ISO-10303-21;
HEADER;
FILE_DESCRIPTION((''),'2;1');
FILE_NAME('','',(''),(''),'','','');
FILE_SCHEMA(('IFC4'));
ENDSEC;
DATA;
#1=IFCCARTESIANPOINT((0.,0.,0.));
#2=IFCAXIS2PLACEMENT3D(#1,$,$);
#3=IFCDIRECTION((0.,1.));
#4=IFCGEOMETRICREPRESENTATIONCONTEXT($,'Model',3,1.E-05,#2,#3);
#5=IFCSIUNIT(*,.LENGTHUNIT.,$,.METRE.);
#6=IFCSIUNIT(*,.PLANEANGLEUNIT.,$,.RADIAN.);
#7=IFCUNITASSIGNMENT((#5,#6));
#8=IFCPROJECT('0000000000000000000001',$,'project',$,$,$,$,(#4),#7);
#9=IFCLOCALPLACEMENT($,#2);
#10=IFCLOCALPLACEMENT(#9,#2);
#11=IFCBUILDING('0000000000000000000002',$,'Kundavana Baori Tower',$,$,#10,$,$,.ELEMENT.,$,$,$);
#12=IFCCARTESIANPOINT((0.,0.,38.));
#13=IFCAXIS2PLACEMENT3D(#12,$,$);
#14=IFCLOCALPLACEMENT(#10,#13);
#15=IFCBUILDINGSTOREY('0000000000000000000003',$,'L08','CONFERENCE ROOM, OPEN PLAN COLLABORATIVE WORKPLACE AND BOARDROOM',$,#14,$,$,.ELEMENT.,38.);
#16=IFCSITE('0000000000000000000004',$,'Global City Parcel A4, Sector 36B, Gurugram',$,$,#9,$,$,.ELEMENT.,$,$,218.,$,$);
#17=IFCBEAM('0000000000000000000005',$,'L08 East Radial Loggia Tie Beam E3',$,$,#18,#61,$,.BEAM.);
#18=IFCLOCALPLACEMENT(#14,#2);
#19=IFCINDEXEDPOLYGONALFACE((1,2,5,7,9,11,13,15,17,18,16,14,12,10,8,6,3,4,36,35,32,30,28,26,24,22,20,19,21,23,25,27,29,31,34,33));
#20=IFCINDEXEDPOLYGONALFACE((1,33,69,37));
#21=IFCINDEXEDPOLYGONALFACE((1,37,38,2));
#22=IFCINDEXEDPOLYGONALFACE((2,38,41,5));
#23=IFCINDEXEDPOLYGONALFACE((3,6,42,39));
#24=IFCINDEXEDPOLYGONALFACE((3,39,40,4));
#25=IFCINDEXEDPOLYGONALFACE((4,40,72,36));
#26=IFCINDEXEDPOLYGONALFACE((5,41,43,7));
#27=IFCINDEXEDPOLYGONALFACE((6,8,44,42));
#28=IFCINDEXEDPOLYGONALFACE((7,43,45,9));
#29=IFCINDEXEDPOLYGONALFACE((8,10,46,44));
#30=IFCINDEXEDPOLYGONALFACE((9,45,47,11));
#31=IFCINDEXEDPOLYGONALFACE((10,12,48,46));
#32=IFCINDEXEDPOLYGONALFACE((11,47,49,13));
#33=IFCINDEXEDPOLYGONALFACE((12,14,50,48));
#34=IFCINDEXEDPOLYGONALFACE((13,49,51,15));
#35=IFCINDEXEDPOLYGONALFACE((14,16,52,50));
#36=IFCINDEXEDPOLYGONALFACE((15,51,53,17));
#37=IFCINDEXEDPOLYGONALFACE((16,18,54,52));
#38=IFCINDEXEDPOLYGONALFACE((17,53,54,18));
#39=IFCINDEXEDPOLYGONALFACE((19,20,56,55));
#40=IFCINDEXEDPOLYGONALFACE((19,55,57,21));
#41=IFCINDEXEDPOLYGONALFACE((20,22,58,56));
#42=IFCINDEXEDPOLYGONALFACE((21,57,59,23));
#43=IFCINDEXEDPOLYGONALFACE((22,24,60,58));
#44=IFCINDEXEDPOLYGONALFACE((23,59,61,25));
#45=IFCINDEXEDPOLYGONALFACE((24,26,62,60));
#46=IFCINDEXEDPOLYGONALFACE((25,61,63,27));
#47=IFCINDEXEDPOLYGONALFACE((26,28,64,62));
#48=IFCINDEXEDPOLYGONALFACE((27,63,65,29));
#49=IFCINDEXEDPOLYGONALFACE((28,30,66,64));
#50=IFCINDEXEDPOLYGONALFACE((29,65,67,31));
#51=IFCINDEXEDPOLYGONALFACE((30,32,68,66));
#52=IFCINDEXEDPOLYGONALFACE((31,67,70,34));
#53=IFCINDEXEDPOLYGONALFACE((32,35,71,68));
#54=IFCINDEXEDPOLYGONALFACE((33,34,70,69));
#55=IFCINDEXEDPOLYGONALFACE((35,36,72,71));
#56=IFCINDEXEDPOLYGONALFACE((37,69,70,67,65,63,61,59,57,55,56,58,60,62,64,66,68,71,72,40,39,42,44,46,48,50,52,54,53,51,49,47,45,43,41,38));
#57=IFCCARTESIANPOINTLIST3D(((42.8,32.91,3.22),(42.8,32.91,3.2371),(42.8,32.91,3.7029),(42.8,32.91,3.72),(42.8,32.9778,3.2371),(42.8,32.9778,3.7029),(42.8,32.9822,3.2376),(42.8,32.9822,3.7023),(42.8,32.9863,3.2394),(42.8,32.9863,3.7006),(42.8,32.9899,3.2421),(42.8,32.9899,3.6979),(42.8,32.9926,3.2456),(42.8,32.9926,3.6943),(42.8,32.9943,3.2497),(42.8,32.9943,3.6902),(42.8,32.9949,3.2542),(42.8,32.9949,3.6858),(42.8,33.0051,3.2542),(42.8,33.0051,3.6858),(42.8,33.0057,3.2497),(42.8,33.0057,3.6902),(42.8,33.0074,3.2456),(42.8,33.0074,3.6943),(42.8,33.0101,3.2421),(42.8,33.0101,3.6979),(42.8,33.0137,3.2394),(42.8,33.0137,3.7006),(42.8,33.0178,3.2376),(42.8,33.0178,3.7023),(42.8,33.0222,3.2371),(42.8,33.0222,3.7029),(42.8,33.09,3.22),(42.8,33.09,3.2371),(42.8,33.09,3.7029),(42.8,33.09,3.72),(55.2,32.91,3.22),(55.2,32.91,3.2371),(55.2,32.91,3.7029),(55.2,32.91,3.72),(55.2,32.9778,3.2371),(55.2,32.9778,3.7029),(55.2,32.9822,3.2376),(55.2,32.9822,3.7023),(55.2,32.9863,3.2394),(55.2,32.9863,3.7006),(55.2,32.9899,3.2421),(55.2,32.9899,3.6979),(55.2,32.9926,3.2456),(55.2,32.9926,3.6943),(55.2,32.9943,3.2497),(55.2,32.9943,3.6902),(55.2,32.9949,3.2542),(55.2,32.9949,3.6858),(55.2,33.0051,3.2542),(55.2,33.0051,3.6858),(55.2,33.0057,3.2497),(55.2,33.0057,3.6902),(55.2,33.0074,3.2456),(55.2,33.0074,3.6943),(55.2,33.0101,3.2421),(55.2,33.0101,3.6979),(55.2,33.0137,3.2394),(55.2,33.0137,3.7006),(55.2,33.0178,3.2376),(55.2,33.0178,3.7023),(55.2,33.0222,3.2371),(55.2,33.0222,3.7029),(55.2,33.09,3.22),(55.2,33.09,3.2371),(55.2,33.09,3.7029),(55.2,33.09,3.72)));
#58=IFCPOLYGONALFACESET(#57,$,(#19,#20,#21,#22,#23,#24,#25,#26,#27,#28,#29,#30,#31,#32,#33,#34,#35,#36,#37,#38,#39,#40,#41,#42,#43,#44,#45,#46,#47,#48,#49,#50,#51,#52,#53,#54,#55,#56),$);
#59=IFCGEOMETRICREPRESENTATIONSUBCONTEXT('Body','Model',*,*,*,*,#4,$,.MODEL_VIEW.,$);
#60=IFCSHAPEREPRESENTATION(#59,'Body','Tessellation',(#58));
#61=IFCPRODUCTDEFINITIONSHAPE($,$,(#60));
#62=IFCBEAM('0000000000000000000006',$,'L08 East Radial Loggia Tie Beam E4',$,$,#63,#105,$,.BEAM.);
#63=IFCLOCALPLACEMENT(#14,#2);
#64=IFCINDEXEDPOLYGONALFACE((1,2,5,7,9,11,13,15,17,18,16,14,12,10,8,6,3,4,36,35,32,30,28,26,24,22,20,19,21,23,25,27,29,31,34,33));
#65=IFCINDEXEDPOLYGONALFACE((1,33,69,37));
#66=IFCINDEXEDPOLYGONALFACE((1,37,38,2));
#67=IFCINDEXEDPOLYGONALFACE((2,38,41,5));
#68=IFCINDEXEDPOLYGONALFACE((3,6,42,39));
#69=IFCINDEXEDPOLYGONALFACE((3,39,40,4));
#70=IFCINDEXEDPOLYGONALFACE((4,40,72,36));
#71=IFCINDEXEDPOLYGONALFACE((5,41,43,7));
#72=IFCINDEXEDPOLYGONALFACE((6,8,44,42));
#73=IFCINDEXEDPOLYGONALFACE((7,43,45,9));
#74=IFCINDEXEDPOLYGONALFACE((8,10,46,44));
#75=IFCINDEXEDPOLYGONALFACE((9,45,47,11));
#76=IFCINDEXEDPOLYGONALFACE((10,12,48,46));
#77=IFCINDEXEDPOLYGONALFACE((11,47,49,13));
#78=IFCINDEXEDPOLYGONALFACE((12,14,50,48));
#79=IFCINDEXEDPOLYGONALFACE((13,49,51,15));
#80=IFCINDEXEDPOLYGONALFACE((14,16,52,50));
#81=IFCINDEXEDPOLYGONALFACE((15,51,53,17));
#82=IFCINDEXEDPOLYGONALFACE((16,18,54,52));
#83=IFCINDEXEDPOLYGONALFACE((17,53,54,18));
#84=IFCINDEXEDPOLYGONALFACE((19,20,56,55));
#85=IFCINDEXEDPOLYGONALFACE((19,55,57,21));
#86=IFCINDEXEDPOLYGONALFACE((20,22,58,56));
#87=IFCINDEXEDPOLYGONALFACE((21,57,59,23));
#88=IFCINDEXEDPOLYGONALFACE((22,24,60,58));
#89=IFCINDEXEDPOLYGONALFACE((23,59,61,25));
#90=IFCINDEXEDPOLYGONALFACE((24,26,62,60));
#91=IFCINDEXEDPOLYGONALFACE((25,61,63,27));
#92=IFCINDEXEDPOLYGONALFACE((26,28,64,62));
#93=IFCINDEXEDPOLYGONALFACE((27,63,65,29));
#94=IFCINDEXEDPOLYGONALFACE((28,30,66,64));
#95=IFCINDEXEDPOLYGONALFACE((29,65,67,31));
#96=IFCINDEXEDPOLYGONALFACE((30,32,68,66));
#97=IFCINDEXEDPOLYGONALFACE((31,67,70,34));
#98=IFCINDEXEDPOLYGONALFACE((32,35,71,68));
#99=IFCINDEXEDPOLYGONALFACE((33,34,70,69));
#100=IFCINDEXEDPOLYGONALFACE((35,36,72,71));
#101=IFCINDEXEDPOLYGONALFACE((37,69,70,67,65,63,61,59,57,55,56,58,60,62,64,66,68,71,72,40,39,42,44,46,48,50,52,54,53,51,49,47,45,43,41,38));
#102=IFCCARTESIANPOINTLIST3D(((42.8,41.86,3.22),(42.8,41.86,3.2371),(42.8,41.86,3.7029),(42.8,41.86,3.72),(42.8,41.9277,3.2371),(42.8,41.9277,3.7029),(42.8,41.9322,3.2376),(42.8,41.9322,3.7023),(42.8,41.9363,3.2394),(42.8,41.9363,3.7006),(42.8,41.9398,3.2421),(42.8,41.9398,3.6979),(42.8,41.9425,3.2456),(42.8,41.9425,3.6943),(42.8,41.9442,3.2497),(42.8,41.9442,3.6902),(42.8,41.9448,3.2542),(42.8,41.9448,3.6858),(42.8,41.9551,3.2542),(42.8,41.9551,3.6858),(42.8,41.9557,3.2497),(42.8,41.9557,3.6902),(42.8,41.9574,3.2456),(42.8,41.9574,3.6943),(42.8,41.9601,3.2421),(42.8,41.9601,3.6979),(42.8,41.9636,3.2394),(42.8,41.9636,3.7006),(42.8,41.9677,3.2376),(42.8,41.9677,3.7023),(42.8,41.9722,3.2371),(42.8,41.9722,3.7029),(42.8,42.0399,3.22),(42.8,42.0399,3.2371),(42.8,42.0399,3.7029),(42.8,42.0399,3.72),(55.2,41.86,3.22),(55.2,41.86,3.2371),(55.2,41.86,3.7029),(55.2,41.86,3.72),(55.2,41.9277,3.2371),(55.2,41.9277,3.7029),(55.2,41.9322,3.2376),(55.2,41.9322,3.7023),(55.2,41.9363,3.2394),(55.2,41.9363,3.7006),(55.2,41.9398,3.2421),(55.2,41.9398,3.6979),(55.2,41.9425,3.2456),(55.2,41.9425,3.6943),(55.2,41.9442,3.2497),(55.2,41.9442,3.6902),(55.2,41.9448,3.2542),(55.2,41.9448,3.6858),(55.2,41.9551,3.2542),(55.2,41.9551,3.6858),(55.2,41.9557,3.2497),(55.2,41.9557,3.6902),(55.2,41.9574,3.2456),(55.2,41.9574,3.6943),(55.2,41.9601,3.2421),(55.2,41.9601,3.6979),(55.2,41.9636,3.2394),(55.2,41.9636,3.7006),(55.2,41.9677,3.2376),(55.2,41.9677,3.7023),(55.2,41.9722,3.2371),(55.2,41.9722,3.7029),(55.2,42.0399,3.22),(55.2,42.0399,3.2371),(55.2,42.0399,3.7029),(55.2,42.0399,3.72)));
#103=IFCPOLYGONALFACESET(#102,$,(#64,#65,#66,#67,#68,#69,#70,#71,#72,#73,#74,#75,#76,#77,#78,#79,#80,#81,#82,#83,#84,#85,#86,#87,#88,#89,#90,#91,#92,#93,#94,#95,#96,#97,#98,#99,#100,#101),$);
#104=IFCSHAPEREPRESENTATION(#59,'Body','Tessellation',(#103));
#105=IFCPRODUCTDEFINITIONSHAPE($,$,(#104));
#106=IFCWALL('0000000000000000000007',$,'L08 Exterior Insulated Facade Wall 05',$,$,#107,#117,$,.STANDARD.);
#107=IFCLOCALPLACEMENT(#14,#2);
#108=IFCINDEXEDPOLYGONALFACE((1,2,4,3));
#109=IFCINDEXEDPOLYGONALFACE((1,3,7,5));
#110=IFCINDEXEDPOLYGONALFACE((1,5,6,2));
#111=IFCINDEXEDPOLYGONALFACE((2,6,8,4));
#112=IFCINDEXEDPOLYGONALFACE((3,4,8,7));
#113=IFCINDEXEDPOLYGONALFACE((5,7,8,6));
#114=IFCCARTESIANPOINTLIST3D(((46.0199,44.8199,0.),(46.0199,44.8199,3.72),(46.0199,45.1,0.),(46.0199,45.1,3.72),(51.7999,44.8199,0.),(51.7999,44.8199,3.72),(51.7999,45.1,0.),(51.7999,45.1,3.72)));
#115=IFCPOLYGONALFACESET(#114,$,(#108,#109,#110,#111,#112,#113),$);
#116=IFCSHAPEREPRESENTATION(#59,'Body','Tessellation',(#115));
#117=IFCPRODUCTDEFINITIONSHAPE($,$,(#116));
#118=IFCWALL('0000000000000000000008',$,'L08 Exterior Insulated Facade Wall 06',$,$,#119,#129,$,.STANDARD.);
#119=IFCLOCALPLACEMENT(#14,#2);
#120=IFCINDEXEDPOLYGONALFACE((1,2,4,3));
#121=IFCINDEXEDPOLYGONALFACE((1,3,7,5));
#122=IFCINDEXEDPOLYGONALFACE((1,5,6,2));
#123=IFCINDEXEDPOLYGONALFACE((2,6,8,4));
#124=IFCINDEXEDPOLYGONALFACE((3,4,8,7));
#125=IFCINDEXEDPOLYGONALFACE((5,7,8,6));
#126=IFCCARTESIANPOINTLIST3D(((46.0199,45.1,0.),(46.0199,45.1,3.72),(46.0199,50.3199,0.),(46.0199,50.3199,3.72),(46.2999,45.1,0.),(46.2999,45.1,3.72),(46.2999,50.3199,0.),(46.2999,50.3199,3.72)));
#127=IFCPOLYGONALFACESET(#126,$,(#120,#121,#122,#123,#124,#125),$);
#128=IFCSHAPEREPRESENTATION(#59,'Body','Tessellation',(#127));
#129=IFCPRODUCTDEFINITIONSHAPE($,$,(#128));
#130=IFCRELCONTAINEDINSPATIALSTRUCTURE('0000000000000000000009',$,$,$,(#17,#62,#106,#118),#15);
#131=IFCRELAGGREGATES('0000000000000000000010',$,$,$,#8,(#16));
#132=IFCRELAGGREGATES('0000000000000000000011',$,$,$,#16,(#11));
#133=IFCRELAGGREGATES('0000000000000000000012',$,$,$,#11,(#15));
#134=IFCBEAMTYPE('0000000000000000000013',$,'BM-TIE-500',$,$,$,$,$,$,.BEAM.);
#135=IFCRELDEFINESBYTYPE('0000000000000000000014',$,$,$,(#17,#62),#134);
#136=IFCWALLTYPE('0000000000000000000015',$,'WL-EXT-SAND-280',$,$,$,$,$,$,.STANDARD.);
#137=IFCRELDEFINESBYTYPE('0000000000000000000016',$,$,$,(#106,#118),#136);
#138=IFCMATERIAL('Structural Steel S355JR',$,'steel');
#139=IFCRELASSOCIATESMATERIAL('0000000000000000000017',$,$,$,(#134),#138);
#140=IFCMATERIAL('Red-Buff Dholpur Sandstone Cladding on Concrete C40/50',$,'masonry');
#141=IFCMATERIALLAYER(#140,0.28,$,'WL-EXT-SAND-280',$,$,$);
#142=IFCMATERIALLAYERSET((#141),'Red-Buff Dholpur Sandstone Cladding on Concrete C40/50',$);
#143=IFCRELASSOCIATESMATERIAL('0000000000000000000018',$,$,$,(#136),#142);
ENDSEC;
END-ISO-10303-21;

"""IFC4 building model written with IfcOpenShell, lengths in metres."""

from ifc_helpers import new_model, si_unit, direction, frame, frame_2d, origin, origin_2d, place, context, subcontext, project, spatial, rectangle, i_section, extrude, material, layer, layer_set, material_profile, profile_set, type_object, element, save


model = new_model("IFC4")

# Units and contexts
model_context = context("Model", 3, precision=1e-05, world=origin(), true_north=direction((0.0, 1.0)))
body_context = subcontext(model_context, "Body", "Model", "MODEL_VIEW")
ifc_project = project(units=[si_unit("LENGTHUNIT", "METRE"), si_unit("PLANEANGLEUNIT", "RADIAN")], contexts=[model_context])

# Site, building, storey
site_placement = place(None, origin())
site = spatial("IfcSite", under=ifc_project, at=site_placement, Name="Global City Parcel A4, Sector 36B, Gurugram", CompositionType="ELEMENT", RefElevation=218.0)
building_placement = place(site_placement, origin())
building = spatial("IfcBuilding", under=site, at=building_placement, Name="Kundavana Baori Tower", CompositionType="ELEMENT")
storey_placement = place(building_placement, frame((0.0, 0.0, 38.0)))
storey = spatial("IfcBuildingStorey", under=building, at=storey_placement, Name="L08", Description="CONFERENCE ROOM, OPEN PLAN COLLABORATIVE WORKPLACE AND BOARDROOM", CompositionType="ELEMENT", Elevation=38.0)

# Beams
ifc_material_1 = material(Name="Structural Steel S355JR", Category="steel")
ifc_material_profile_1 = material_profile(ifc_material_1, i_section(OverallWidth=0.1799, OverallDepth=0.5, WebThickness=0.0103, FlangeThickness=0.0171, FilletRadius=0.0171, at=origin_2d()), Name="ISMB 500")
ifc_profile_set_1 = profile_set([ifc_material_profile_1], Name="Structural Steel S355JR")
beam_type_1 = type_object("IfcBeamType", Name="BM-TIE-500", PredefinedType="BEAM", material=ifc_profile_set_1)
for number, where, z_axis, x_axis, name in (
    (1, (42.8, 33.0, 3.47), (1.0, 0.0, 0.0), (0.0, 1.0, 0.0), "L08 East Radial Loggia Tie Beam E3"),
    (2, (42.8, 41.95, 3.47), (1.0, 0.0, 0.0), (0.0, 1.0, 0.0), "L08 East Radial Loggia Tie Beam E4"),
):
    element("IfcBeam", number, at=place(storey_placement, frame(where, z_axis=z_axis, x_axis=x_axis)), inside=storey, type_object=beam_type_1, Name=name, PredefinedType="BEAM", context=body_context, shape_type="SweptSolid", body=[
        extrude(i_section(OverallWidth=0.1799, OverallDepth=0.5, WebThickness=0.0103, FlangeThickness=0.0171, FilletRadius=0.0171, at=origin_2d()), origin(), (0.0, 0.0, 1.0), 12.3999),
    ])

# Walls
ifc_material_2 = material(Name="Red-Buff Dholpur Sandstone Cladding on Concrete C40/50", Category="masonry")
ifc_layer_1 = layer(ifc_material_2, 0.28, Name="WL-EXT-SAND-280")
ifc_layer_set_1 = layer_set([ifc_layer_1], Name="Red-Buff Dholpur Sandstone Cladding on Concrete C40/50")
wall_type_1 = type_object("IfcWallType", Name="WL-EXT-SAND-280", PredefinedType="STANDARD", material=ifc_layer_set_1)
wall_1_placement = place(storey_placement, frame((51.8, 44.96, 0.0), z_axis=(0.0, 0.0, 1.0), x_axis=(-1.0, 0.0, 0.0)))
element("IfcWall", 3, at=wall_1_placement, inside=storey, type_object=wall_type_1, Name="L08 Exterior Insulated Facade Wall 05", PredefinedType="STANDARD", context=body_context, shape_type="SweptSolid", body=[
    extrude(rectangle(XDim=5.78, YDim=0.28, at=frame_2d((2.8901, 0.0))), origin(), (0.0, 0.0, 1.0), 3.72),
])
wall_2_placement = place(storey_placement, frame((46.1599, 45.1001, 0.0), z_axis=(0.0, 0.0, 1.0), x_axis=(0.0, 1.0, 0.0)))
element("IfcWall", 4, at=wall_2_placement, inside=storey, type_object=wall_type_1, Name="L08 Exterior Insulated Facade Wall 06", PredefinedType="STANDARD", context=body_context, shape_type="SweptSolid", body=[
    extrude(rectangle(XDim=5.22, YDim=0.28, at=frame_2d((2.6099, 0.0))), origin(), (0.0, 0.0, 1.0), 3.72),
])

save(model, "model.ifc")
